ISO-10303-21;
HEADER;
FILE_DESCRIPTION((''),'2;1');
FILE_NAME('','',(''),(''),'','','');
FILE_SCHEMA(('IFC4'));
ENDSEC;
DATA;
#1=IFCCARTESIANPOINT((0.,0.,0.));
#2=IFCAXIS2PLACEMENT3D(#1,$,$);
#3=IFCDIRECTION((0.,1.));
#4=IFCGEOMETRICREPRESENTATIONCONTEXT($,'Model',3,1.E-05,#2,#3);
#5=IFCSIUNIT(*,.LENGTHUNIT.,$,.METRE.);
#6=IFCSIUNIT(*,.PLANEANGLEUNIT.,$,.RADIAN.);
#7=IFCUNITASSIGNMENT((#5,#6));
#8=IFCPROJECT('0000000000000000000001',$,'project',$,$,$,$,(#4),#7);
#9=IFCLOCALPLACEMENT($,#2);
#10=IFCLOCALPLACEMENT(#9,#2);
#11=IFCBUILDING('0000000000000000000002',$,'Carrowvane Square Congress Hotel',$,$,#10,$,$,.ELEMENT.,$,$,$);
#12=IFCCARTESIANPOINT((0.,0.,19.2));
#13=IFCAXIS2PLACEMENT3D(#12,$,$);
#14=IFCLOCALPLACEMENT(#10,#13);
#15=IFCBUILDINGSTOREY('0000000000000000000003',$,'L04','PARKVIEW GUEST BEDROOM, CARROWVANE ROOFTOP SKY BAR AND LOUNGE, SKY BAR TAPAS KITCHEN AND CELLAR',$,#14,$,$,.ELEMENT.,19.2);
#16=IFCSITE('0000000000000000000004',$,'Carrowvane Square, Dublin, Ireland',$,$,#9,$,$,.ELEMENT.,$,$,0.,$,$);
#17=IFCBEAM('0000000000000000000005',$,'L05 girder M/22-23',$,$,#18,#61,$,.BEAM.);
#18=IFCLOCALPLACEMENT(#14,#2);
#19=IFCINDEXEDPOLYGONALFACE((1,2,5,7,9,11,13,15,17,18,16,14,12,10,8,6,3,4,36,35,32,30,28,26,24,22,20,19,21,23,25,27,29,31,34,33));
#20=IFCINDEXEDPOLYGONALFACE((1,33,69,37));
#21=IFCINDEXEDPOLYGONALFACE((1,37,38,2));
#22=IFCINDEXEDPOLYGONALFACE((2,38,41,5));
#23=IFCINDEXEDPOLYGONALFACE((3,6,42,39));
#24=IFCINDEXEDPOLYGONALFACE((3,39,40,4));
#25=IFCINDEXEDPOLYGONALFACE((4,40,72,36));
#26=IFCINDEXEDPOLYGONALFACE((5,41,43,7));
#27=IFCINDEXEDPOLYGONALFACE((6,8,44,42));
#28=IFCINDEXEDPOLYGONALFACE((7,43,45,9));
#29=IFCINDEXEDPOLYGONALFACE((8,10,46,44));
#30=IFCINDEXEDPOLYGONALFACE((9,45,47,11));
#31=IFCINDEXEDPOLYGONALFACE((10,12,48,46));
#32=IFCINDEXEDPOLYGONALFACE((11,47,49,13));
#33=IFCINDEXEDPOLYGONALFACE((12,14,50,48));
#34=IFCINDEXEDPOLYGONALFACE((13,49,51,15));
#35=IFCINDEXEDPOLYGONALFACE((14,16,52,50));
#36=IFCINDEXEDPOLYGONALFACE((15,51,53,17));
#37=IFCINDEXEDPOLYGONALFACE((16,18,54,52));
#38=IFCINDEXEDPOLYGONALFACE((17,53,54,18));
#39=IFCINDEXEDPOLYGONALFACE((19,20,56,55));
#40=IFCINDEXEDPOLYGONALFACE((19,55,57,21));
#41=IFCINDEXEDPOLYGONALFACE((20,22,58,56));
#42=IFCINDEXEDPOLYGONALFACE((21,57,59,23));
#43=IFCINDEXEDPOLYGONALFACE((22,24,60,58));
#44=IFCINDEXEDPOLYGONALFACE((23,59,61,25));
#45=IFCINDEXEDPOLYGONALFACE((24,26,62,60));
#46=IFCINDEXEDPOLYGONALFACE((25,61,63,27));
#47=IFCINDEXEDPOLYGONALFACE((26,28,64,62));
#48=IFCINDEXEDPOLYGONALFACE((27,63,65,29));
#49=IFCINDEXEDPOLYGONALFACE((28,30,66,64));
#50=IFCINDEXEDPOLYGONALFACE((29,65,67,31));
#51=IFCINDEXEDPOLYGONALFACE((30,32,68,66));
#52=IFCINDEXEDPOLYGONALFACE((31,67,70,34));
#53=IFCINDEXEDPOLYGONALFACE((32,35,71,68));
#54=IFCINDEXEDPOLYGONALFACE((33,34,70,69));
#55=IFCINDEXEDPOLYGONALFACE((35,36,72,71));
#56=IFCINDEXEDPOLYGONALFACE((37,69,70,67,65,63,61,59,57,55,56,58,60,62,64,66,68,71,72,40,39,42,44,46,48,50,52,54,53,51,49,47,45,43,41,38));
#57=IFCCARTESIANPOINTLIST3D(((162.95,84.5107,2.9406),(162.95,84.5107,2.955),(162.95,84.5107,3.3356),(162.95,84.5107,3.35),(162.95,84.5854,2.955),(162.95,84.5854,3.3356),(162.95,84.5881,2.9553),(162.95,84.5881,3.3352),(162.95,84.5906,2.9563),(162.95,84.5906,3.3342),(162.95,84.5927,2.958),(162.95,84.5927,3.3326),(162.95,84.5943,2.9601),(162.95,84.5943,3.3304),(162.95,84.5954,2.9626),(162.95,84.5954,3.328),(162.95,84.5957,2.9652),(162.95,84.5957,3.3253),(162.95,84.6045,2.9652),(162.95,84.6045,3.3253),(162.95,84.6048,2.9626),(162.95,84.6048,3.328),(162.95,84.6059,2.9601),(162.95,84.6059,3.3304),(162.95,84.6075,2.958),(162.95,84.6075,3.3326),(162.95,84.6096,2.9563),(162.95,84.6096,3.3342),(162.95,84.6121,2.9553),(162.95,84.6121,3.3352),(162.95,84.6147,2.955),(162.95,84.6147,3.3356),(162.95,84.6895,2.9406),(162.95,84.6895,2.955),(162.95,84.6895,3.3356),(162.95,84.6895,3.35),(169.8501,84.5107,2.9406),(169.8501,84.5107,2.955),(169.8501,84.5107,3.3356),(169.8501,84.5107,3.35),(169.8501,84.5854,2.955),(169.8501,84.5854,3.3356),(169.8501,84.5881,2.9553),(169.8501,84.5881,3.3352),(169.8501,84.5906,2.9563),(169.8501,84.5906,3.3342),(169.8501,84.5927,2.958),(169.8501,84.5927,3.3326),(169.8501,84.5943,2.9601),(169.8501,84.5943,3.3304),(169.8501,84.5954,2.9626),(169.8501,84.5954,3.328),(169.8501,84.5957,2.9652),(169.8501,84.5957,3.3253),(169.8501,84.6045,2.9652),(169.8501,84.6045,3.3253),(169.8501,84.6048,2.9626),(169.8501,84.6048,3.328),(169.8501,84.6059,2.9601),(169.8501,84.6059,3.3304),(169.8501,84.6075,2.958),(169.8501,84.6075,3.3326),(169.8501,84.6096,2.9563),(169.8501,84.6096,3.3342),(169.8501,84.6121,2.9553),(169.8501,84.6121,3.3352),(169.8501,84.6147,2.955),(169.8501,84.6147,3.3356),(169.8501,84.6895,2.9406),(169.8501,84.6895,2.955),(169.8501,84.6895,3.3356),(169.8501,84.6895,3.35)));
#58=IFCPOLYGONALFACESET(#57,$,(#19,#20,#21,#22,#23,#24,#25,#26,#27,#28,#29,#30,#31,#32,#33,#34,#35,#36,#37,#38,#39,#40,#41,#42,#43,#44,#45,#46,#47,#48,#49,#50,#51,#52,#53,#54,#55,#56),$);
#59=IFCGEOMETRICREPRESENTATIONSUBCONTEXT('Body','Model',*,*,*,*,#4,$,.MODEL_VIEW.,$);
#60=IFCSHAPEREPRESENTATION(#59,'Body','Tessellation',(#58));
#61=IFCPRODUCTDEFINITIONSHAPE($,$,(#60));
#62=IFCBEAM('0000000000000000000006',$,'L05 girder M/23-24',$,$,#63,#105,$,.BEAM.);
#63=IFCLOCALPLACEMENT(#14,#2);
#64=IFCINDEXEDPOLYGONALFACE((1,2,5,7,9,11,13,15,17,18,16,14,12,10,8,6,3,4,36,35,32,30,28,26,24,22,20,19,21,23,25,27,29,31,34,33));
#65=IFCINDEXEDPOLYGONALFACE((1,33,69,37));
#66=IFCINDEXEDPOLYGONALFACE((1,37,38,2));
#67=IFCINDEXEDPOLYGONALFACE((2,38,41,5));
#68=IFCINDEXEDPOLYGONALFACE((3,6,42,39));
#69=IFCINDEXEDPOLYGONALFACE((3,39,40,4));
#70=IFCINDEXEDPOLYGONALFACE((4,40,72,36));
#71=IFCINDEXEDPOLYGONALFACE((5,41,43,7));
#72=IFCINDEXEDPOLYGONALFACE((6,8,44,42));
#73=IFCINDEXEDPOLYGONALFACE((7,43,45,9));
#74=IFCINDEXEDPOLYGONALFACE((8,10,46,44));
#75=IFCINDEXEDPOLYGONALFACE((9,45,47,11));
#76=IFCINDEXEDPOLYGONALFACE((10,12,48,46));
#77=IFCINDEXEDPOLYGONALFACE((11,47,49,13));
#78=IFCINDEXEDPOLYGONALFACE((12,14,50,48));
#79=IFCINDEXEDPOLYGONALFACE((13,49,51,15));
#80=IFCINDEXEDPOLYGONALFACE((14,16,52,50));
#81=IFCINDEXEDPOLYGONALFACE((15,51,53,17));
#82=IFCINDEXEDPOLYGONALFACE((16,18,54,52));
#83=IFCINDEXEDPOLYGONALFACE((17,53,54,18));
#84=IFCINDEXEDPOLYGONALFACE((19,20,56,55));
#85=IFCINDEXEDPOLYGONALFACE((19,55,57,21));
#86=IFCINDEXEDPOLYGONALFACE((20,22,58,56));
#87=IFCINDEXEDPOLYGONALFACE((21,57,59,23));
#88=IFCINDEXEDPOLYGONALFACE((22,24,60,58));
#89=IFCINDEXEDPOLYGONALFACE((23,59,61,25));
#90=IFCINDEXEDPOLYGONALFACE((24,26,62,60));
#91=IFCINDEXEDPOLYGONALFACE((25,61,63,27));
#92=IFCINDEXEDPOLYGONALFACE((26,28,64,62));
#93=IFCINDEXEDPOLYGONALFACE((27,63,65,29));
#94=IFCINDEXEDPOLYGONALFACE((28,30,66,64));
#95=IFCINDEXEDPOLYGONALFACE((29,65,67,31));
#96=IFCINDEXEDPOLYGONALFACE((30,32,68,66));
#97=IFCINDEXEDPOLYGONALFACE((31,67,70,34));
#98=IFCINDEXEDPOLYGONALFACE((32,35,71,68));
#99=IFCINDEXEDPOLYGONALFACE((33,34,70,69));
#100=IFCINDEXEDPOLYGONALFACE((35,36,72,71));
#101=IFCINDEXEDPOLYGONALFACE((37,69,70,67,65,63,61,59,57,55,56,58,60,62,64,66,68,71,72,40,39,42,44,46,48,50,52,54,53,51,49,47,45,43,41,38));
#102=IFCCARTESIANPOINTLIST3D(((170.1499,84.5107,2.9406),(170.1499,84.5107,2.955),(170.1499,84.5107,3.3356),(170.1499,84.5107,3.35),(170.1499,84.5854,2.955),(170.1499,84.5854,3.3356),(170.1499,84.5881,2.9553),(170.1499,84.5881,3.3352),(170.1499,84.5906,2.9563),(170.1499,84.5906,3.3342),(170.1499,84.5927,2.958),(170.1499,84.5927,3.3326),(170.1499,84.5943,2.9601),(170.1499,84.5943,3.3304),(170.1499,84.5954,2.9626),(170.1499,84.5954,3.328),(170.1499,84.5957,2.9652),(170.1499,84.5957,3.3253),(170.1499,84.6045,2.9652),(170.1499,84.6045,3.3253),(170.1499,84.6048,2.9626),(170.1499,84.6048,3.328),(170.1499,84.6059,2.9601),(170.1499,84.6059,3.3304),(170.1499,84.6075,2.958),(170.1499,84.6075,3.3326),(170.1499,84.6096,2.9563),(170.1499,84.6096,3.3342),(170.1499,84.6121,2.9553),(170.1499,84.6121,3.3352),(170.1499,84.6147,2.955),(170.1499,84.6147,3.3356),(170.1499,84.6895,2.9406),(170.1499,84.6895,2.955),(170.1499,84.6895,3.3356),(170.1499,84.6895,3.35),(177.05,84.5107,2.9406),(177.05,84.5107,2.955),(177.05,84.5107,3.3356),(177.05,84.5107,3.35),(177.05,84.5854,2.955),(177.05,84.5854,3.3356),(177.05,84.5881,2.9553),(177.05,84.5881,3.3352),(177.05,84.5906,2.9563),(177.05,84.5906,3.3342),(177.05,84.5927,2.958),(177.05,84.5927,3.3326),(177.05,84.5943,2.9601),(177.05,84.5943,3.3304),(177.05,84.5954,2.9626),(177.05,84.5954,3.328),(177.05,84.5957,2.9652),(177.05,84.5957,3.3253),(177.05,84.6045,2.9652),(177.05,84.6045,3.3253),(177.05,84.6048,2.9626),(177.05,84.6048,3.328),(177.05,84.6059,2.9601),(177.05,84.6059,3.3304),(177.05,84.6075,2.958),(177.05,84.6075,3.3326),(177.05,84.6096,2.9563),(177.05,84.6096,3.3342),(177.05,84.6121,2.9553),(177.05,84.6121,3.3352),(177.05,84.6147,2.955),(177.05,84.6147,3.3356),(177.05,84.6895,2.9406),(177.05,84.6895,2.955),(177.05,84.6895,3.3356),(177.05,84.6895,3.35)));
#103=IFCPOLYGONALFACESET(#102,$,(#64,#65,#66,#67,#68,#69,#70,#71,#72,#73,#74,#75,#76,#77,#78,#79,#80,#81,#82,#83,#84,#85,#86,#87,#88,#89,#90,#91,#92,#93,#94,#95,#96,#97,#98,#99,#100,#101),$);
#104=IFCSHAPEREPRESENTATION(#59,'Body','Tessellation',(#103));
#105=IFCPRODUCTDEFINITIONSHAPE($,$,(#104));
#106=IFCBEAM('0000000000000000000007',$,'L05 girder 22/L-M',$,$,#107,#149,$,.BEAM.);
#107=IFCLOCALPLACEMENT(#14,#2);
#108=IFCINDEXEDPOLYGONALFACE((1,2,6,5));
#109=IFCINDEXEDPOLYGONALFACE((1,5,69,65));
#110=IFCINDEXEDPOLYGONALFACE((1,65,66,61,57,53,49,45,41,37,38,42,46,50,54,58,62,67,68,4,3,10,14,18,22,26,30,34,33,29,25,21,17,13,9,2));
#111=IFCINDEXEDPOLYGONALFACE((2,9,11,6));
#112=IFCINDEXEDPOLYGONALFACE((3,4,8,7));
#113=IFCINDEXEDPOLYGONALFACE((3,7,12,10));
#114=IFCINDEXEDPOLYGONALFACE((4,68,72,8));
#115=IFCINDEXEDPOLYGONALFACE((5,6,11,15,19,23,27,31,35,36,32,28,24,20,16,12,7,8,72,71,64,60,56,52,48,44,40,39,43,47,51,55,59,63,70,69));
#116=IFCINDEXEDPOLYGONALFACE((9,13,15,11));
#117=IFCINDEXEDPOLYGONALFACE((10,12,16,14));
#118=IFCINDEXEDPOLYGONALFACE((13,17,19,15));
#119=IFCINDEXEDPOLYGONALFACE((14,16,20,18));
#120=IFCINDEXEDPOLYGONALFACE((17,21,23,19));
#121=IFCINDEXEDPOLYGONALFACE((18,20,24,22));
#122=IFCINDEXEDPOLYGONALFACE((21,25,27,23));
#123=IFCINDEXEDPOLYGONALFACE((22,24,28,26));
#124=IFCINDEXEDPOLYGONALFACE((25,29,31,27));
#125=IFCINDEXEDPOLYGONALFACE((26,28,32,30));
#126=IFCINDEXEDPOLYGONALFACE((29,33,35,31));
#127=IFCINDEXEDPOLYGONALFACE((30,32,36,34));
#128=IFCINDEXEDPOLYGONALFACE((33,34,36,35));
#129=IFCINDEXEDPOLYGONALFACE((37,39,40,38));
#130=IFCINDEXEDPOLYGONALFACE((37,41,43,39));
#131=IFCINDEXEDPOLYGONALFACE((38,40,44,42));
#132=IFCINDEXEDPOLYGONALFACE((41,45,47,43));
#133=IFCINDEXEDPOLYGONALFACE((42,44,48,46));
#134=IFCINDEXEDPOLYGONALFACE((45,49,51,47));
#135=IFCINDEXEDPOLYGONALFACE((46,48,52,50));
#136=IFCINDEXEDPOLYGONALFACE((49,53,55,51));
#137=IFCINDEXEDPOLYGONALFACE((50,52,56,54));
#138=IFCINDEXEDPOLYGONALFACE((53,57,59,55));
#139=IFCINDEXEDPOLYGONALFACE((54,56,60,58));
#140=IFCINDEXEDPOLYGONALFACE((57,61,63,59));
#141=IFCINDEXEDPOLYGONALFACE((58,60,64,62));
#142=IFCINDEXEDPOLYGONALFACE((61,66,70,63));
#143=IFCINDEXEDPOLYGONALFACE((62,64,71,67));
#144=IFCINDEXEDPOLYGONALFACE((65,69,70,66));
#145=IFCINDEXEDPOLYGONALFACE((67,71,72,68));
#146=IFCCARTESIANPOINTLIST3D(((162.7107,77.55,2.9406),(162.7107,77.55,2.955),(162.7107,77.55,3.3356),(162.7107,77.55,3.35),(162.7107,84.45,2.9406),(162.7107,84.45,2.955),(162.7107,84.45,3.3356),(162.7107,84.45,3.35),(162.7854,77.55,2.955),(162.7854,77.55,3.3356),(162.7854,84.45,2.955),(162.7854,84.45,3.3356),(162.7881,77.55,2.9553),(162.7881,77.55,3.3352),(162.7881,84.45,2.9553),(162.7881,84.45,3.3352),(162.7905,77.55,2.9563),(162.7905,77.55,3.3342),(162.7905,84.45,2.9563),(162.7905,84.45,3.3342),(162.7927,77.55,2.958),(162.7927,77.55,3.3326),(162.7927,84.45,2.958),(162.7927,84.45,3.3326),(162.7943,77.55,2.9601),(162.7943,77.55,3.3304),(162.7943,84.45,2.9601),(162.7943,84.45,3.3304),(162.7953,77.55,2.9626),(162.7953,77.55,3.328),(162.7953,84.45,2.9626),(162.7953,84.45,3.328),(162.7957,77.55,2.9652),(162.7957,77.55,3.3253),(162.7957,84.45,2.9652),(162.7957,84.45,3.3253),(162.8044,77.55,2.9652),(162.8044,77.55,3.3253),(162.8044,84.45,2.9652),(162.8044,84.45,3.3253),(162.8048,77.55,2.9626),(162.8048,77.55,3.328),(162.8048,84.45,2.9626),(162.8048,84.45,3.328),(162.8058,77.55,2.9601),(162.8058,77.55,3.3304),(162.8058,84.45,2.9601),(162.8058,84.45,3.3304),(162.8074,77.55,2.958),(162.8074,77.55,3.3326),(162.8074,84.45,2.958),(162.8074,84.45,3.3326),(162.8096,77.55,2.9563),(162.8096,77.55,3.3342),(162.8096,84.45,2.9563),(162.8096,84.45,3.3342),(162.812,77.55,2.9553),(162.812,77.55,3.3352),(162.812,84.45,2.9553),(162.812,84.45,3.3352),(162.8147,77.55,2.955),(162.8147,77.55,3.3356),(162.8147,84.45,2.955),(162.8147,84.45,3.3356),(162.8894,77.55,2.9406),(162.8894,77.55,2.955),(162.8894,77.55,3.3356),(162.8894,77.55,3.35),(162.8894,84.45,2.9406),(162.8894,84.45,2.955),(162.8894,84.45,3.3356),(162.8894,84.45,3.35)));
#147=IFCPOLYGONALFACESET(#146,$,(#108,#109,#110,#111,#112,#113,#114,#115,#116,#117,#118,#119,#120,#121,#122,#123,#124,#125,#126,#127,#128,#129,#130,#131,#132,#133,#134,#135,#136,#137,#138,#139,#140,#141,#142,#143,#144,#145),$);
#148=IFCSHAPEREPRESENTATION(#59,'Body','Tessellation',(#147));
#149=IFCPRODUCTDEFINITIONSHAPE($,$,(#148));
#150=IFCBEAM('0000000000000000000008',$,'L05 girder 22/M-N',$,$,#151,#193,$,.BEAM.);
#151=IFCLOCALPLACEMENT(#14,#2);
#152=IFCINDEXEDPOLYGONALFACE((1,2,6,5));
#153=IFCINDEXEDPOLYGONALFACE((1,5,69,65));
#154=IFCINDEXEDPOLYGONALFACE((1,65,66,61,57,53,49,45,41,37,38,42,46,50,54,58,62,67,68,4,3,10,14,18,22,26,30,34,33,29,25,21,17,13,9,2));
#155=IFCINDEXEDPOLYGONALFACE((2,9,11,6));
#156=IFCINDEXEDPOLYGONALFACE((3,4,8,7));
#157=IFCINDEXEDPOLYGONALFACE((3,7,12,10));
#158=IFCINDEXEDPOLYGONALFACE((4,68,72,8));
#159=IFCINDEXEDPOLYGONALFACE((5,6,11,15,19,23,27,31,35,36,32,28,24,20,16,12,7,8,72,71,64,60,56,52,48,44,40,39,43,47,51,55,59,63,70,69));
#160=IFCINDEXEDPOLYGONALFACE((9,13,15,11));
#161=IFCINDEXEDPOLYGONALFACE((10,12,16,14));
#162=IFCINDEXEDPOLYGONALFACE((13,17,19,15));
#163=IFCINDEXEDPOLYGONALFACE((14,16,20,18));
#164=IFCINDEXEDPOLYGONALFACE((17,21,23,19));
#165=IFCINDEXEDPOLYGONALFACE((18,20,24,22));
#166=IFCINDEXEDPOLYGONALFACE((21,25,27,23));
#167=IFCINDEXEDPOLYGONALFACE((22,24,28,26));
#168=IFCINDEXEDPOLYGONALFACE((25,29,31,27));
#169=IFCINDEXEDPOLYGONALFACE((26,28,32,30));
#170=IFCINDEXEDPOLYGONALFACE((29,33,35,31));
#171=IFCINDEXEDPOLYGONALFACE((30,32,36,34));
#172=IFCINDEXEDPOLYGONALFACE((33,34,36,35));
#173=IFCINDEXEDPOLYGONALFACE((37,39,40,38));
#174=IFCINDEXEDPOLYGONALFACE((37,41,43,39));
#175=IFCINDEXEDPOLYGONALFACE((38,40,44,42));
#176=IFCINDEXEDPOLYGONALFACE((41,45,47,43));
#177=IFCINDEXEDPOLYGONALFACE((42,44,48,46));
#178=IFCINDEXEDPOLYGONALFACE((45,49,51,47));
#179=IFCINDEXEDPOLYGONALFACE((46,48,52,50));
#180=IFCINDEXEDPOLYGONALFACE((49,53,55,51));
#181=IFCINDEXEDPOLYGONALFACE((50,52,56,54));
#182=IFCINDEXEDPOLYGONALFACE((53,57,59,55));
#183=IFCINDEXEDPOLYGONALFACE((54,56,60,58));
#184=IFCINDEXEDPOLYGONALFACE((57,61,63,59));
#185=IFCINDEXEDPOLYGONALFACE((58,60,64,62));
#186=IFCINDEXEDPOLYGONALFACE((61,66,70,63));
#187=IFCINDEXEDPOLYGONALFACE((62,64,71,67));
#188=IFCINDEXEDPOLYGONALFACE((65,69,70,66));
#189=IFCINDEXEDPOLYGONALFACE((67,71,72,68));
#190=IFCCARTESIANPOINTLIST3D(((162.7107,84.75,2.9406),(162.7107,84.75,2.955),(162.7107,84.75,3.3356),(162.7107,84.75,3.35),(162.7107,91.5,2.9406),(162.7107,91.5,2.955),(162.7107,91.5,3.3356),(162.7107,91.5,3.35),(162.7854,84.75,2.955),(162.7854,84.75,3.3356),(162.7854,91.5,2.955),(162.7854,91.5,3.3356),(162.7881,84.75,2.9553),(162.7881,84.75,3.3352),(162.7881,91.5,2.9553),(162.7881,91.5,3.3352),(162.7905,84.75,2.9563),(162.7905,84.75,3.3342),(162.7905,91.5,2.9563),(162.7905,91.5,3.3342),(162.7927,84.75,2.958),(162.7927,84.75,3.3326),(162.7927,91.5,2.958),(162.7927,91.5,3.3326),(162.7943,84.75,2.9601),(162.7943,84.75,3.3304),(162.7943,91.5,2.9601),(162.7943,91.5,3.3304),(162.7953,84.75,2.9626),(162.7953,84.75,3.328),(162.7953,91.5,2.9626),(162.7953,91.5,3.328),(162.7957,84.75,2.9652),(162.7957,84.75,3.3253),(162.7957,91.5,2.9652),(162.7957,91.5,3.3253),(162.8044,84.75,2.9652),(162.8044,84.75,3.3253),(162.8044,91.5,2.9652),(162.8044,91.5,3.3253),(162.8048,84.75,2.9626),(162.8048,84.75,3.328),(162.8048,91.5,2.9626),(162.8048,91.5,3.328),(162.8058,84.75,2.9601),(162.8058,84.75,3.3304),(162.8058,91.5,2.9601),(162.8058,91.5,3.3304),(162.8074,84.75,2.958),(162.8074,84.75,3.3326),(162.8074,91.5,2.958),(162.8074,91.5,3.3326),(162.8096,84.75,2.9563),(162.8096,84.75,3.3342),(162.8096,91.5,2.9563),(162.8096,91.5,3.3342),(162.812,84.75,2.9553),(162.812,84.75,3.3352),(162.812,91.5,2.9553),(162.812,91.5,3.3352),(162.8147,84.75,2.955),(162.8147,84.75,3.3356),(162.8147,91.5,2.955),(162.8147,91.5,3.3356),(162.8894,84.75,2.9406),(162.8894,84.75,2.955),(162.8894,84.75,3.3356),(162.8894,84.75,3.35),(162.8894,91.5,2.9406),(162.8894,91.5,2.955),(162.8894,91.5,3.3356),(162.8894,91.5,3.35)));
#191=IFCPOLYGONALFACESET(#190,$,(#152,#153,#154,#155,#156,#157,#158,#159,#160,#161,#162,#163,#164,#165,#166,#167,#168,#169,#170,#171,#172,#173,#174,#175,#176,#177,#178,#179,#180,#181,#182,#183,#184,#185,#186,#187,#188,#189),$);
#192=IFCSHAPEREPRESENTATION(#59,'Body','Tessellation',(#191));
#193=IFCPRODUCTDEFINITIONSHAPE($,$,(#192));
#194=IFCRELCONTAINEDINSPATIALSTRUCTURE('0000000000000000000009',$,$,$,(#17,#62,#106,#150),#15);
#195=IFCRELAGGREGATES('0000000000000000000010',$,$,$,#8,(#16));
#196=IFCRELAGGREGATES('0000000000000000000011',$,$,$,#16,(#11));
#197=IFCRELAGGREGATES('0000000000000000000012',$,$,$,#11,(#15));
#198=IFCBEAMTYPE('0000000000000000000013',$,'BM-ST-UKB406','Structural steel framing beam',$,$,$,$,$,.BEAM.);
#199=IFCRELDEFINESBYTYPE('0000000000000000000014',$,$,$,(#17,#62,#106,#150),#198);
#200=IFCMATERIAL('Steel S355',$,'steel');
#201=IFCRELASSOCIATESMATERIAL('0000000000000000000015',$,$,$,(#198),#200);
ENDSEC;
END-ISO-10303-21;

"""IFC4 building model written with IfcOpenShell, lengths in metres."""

from ifc_helpers import new_model, si_unit, direction, frame, origin, origin_2d, place, context, subcontext, project, spatial, i_section, extrude, material, material_profile, profile_set, type_object, element, save


model = new_model("IFC4")

# Units and contexts
model_context = context("Model", 3, precision=1e-05, world=origin(), true_north=direction((0.0, 1.0)))
body_context = subcontext(model_context, "Body", "Model", "MODEL_VIEW")
ifc_project = project(units=[si_unit("LENGTHUNIT", "METRE"), si_unit("PLANEANGLEUNIT", "RADIAN")], contexts=[model_context])

# Site, building, storey
site_placement = place(None, origin())
site = spatial("IfcSite", under=ifc_project, at=site_placement, Name="Carrowvane Square, Dublin, Ireland", CompositionType="ELEMENT", RefElevation=0.0)
building_placement = place(site_placement, origin())
building = spatial("IfcBuilding", under=site, at=building_placement, Name="Carrowvane Square Congress Hotel", CompositionType="ELEMENT")
storey_placement = place(building_placement, frame((0.0, 0.0, 19.2)))
storey = spatial("IfcBuildingStorey", under=building, at=storey_placement, Name="L04", Description="PARKVIEW GUEST BEDROOM, CARROWVANE ROOFTOP SKY BAR AND LOUNGE, SKY BAR TAPAS KITCHEN AND CELLAR", CompositionType="ELEMENT", Elevation=19.2)

# Beams
ifc_material_1 = material(Name="Steel S355", Category="steel")
ifc_material_profile_1 = material_profile(ifc_material_1, i_section(OverallWidth=0.1787, OverallDepth=0.4094, WebThickness=0.0088, FlangeThickness=0.0144, FilletRadius=0.0103, at=origin_2d()), Name="UKB 406x178x67")
ifc_profile_set_1 = profile_set([ifc_material_profile_1], Name="Steel S355")
beam_type_1 = type_object("IfcBeamType", Name="BM-ST-UKB406", Description="Structural steel framing beam", PredefinedType="BEAM", material=ifc_profile_set_1)
for number, where, z_axis, x_axis, name in (
    (1, (162.95, 84.6001, 3.1453), (1.0, 0.0, 0.0), (0.0, 1.0, 0.0), "L05 girder M/22-23"),
    (2, (170.1499, 84.6001, 3.1453), (1.0, 0.0, 0.0), (0.0, 1.0, 0.0), "L05 girder M/23-24"),
):
    element("IfcBeam", number, at=place(storey_placement, frame(where, z_axis=z_axis, x_axis=x_axis)), inside=storey, type_object=beam_type_1, Name=name, PredefinedType="BEAM", context=body_context, shape_type="SweptSolid", body=[
        extrude(i_section(OverallWidth=0.1787, OverallDepth=0.4094, WebThickness=0.0088, FlangeThickness=0.0144, FilletRadius=0.0103, at=origin_2d()), origin(), (0.0, 0.0, 1.0), 6.9001),
    ])
beam_1_placement = place(storey_placement, frame((162.8, 77.55, 3.1453), z_axis=(0.0, 1.0, 0.0), x_axis=(-1.0, 0.0, 0.0)))
element("IfcBeam", 3, at=beam_1_placement, inside=storey, type_object=beam_type_1, Name="L05 girder 22/L-M", PredefinedType="BEAM", context=body_context, shape_type="SweptSolid", body=[
    extrude(i_section(OverallWidth=0.1787, OverallDepth=0.4094, WebThickness=0.0088, FlangeThickness=0.0144, FilletRadius=0.0103, at=origin_2d()), origin(), (0.0, 0.0, 1.0), 6.8999),
])
beam_2_placement = place(storey_placement, frame((162.8, 84.75, 3.1453), z_axis=(0.0, 1.0, 0.0), x_axis=(-1.0, 0.0, 0.0)))
element("IfcBeam", 4, at=beam_2_placement, inside=storey, type_object=beam_type_1, Name="L05 girder 22/M-N", PredefinedType="BEAM", context=body_context, shape_type="SweptSolid", body=[
    extrude(i_section(OverallWidth=0.1787, OverallDepth=0.4094, WebThickness=0.0088, FlangeThickness=0.0144, FilletRadius=0.0103, at=origin_2d()), origin(), (0.0, 0.0, 1.0), 6.75),
])

save(model, "model.ifc")
